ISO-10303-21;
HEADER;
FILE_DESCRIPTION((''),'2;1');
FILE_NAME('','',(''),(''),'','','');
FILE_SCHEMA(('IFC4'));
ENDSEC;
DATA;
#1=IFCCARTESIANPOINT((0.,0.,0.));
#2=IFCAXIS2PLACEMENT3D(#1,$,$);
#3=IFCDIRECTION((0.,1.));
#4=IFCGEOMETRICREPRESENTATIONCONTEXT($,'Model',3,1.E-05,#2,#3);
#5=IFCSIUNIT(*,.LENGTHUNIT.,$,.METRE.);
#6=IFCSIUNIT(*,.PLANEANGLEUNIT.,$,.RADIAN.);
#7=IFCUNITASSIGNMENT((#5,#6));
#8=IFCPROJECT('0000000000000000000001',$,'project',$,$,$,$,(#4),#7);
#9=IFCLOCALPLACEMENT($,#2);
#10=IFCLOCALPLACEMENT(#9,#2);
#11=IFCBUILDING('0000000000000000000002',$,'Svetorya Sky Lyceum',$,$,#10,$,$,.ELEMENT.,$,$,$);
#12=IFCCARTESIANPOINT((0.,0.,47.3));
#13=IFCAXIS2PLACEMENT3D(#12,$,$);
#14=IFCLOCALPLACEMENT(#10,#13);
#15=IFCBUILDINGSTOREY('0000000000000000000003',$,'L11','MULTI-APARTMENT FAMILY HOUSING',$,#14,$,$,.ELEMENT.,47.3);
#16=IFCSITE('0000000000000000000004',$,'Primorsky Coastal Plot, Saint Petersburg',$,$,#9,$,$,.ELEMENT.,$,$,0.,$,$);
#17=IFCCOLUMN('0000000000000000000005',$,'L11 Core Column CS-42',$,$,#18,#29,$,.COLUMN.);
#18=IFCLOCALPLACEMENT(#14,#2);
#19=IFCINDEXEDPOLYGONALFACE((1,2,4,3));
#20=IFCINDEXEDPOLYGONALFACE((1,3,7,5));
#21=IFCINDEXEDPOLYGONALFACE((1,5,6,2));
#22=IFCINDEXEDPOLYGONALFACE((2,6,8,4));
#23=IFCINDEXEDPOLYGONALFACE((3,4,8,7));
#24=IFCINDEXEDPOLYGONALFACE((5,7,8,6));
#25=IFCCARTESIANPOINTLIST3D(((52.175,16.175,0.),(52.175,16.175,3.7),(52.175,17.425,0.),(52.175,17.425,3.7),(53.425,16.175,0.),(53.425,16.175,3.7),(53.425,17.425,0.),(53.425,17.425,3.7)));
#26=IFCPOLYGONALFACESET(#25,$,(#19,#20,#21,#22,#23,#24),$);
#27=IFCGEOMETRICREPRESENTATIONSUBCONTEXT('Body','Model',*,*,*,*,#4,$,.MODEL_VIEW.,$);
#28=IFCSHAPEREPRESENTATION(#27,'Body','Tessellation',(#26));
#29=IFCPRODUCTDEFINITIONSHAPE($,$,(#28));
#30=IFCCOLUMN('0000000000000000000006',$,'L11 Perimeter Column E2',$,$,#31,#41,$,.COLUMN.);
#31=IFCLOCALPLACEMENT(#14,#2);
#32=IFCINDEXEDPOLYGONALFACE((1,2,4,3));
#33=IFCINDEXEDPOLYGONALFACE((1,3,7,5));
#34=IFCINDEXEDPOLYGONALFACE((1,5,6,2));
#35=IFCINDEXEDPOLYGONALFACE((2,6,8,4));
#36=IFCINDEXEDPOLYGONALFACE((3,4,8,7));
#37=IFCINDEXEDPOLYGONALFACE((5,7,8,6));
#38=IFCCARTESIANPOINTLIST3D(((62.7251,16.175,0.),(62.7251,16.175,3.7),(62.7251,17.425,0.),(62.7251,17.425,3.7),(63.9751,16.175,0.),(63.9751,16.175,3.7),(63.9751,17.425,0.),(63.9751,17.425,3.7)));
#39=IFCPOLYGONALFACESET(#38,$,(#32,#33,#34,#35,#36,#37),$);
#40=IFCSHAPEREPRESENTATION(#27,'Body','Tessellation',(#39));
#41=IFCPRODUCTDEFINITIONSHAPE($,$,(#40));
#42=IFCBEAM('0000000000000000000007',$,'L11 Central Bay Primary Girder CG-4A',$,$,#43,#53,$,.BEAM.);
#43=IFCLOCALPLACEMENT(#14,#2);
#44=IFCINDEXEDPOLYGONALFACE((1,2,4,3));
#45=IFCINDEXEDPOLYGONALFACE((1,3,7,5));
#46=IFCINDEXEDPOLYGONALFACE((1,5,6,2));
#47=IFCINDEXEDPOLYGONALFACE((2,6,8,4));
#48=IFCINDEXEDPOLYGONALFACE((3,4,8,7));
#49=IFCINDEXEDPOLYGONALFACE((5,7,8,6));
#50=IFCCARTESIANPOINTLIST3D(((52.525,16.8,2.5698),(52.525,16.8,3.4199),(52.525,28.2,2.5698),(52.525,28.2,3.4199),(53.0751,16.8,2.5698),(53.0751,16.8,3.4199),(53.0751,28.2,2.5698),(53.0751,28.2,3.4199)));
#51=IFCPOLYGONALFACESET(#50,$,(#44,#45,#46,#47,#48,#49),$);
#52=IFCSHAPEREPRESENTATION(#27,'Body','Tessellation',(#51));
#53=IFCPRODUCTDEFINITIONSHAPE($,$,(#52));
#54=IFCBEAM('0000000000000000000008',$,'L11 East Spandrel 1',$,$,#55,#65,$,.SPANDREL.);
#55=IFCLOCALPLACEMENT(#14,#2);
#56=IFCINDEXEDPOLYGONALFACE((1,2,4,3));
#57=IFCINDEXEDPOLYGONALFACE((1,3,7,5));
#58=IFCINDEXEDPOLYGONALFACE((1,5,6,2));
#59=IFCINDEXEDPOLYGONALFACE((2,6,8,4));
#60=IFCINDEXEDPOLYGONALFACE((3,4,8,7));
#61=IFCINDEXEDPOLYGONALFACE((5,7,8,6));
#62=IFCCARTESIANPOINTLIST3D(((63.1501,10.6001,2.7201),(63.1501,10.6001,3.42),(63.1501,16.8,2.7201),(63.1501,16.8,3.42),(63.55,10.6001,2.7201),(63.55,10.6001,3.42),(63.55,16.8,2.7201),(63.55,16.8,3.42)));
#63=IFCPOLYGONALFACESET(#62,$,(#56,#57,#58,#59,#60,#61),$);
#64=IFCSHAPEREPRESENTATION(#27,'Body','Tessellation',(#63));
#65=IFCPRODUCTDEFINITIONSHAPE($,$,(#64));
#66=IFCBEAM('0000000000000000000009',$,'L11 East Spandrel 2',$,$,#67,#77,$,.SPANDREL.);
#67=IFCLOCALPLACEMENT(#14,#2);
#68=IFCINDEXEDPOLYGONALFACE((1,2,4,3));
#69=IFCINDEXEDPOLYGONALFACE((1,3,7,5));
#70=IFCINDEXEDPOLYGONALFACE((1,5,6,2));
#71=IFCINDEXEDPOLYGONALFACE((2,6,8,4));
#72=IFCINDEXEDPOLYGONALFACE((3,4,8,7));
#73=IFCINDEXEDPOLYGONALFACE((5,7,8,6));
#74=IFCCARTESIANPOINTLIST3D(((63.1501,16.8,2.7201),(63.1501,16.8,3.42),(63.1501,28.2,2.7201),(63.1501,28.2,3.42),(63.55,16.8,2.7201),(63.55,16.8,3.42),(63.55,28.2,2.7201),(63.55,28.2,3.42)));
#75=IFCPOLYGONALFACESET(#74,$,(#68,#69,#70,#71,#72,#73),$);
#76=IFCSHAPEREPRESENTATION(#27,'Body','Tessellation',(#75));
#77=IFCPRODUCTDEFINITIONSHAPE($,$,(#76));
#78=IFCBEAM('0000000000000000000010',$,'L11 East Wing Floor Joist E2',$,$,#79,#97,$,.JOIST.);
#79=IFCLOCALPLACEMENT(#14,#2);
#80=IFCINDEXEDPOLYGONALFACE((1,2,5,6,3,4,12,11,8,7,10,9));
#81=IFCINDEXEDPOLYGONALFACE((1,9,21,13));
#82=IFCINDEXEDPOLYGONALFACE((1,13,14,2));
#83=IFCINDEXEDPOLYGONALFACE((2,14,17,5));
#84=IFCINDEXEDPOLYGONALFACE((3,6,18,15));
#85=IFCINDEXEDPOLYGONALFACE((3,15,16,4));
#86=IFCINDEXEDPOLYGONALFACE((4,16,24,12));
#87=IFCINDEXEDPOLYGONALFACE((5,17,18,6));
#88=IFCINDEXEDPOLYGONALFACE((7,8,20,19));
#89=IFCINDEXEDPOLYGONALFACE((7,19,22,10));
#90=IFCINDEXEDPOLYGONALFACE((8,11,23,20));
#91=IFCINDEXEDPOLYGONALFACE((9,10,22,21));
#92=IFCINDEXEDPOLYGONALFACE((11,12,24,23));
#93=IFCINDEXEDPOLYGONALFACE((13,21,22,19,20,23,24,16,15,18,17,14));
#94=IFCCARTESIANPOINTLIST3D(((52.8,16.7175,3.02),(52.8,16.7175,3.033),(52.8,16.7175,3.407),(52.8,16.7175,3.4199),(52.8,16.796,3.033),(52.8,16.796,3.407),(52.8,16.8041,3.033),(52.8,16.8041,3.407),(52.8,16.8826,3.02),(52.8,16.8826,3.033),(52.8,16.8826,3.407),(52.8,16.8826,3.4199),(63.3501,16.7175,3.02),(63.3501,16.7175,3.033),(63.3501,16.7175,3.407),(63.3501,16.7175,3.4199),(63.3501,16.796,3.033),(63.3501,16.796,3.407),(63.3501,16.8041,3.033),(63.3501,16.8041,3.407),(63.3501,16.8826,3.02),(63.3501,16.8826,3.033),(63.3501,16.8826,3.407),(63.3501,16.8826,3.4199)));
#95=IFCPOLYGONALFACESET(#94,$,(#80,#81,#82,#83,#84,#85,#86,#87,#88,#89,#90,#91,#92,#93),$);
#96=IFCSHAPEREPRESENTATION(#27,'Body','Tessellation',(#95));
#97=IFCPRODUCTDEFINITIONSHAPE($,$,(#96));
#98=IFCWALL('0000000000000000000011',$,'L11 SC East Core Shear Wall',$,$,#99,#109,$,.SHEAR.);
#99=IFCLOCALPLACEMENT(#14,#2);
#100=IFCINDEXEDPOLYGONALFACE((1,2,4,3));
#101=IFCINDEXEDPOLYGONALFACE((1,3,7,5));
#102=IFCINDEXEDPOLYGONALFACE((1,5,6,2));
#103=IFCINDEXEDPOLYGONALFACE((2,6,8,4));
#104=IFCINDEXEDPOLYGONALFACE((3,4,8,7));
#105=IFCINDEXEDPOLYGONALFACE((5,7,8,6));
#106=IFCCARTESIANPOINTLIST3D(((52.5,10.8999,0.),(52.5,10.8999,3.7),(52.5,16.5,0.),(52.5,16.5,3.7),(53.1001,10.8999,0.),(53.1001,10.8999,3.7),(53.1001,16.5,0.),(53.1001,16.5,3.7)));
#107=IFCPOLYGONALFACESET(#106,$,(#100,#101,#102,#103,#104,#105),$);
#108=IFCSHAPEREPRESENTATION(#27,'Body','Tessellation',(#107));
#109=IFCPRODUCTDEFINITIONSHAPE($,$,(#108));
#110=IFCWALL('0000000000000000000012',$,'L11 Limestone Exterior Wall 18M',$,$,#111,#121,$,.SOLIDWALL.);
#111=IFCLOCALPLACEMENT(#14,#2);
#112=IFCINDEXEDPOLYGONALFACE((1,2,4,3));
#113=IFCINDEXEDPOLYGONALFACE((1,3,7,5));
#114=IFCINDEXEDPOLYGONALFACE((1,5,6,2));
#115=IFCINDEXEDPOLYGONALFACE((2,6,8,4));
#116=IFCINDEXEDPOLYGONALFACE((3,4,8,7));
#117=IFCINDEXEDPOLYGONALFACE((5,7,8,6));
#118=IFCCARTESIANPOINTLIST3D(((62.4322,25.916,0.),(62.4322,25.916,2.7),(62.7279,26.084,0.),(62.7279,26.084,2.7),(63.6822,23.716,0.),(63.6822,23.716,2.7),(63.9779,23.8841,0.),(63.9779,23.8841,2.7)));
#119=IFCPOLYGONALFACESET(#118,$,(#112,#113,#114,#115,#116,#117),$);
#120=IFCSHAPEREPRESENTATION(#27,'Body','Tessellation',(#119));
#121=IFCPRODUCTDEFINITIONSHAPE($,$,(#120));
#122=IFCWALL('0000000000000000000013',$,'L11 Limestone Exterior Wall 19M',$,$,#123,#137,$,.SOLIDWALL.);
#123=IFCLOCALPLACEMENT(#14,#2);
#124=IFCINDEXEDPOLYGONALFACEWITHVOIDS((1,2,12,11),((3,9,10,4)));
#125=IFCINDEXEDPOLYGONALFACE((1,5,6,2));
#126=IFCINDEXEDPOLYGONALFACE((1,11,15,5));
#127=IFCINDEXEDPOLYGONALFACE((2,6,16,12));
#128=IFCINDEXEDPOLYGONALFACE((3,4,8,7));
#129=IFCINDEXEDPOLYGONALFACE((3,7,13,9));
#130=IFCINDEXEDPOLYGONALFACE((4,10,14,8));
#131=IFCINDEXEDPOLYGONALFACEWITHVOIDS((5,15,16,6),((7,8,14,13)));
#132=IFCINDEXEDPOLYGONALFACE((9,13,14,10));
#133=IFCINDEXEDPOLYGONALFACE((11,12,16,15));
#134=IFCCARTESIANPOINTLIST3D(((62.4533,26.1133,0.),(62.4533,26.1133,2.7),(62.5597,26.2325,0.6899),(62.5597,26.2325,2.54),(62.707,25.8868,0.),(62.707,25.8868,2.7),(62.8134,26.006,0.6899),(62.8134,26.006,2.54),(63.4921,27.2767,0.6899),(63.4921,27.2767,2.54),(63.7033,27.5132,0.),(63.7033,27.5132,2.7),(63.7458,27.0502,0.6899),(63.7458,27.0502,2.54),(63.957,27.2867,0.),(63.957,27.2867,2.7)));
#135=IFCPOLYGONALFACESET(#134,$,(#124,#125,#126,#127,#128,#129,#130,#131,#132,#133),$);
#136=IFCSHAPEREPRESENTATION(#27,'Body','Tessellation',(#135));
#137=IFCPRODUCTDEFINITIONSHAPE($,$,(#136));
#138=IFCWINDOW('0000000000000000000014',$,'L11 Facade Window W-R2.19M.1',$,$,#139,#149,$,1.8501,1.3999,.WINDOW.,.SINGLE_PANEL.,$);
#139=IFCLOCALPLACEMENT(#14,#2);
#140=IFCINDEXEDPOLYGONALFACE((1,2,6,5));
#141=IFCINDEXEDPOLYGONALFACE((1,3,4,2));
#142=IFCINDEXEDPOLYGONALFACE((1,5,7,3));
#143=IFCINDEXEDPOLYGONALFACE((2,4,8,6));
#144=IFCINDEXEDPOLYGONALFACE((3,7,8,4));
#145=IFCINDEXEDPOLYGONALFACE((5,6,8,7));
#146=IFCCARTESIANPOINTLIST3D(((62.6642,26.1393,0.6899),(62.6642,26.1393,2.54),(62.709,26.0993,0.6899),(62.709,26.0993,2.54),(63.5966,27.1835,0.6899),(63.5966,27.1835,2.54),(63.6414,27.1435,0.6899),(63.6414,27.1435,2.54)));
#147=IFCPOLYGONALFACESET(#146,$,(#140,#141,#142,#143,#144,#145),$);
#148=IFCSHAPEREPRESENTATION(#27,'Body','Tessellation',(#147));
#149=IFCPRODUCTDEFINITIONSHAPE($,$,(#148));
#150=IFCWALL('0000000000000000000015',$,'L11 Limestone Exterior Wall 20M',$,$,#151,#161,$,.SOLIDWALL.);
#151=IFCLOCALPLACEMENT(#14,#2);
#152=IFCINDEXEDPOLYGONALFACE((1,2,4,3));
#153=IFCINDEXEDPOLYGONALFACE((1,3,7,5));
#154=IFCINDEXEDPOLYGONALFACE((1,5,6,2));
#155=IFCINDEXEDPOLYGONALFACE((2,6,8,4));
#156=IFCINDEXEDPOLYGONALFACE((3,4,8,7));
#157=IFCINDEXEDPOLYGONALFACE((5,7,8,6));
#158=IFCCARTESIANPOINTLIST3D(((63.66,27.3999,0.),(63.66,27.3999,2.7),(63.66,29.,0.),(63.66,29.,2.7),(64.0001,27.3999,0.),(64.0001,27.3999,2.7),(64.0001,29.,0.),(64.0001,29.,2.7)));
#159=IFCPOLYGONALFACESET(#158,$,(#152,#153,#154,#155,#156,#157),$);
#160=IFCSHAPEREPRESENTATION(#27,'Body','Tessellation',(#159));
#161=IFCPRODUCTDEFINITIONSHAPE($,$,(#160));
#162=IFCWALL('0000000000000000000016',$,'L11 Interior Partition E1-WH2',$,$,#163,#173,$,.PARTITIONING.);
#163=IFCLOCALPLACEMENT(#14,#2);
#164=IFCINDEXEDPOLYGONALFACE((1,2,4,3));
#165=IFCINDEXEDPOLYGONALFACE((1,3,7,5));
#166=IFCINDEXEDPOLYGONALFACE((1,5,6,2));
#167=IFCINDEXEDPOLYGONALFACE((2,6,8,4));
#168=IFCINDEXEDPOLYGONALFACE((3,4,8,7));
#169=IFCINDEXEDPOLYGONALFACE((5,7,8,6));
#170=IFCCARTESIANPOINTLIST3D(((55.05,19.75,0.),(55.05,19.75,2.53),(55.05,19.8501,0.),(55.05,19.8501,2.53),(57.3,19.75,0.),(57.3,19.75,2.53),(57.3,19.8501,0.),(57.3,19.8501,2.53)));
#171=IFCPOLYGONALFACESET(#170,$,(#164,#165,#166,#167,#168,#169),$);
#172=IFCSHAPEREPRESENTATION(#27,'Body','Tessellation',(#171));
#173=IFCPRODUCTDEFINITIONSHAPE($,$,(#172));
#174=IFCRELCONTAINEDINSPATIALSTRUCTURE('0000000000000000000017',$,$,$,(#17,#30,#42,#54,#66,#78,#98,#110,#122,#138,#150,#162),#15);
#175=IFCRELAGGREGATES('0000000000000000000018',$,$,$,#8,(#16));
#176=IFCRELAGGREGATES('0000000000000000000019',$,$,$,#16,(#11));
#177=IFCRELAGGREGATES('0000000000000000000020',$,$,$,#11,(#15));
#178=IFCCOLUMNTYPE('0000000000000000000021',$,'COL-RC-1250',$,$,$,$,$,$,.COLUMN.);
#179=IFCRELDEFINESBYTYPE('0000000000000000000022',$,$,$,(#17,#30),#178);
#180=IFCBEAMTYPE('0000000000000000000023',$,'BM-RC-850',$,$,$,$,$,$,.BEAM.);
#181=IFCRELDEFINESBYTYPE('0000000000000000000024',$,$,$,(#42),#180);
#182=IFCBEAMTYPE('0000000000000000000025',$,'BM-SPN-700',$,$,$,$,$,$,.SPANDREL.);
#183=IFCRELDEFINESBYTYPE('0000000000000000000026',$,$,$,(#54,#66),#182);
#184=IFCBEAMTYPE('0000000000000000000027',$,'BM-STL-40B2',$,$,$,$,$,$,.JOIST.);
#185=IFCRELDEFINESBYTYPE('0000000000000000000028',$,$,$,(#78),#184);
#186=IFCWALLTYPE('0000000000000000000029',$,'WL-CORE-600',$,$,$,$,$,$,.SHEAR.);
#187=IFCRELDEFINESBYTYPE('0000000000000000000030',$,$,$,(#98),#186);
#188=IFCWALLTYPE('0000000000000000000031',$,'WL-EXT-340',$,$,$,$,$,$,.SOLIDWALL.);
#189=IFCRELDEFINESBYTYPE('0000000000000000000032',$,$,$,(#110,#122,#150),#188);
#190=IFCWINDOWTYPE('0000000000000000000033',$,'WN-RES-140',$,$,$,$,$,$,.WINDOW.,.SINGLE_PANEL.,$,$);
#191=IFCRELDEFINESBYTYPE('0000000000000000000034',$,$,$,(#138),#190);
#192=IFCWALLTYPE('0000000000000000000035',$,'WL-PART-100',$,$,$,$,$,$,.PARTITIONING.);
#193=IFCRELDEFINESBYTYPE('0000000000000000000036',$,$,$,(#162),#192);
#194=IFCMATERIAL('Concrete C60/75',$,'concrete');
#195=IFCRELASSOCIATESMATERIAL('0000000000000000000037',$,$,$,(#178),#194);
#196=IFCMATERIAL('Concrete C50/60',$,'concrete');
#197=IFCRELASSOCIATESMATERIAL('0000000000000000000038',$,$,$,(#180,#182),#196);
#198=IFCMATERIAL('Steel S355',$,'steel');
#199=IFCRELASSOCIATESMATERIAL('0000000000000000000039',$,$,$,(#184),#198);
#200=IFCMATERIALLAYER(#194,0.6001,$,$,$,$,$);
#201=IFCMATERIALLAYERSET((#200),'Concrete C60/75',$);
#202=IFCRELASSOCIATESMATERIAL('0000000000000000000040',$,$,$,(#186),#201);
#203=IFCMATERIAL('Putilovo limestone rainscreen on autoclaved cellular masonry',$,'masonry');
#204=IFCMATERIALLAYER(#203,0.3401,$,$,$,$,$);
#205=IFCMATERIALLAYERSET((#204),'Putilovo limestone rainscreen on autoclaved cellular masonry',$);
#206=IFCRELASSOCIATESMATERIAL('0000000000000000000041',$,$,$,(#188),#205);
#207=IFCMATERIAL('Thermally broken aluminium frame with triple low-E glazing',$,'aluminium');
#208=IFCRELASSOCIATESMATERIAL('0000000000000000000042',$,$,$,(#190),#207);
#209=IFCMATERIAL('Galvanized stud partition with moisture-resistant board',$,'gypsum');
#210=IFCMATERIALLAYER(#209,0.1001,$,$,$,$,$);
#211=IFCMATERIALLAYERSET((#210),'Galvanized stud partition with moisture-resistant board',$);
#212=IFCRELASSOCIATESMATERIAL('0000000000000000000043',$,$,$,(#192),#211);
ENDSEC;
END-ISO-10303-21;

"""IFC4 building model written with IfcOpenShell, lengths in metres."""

from ifc_helpers import new_model, si_unit, direction, frame, frame_2d, origin, origin_2d, place, context, subcontext, project, spatial, rectangle, i_section, extrude, material, layer, layer_set, material_profile, profile_set, type_object, element, fill, save


model = new_model("IFC4")

# Units and contexts
model_context = context("Model", 3, precision=1e-05, world=origin(), true_north=direction((0.0, 1.0)))
body_context = subcontext(model_context, "Body", "Model", "MODEL_VIEW")
ifc_project = project(units=[si_unit("LENGTHUNIT", "METRE"), si_unit("PLANEANGLEUNIT", "RADIAN")], contexts=[model_context])

# Site, building, storey
site_placement = place(None, origin())
site = spatial("IfcSite", under=ifc_project, at=site_placement, Name="Primorsky Coastal Plot, Saint Petersburg", CompositionType="ELEMENT", RefElevation=0.0)
building_placement = place(site_placement, origin())
building = spatial("IfcBuilding", under=site, at=building_placement, Name="Svetorya Sky Lyceum", CompositionType="ELEMENT")
storey_placement = place(building_placement, frame((0.0, 0.0, 47.3)))
storey = spatial("IfcBuildingStorey", under=building, at=storey_placement, Name="L11", Description="MULTI-APARTMENT FAMILY HOUSING", CompositionType="ELEMENT", Elevation=47.3)

# Columns
ifc_material_1 = material(Name="Concrete C60/75", Category="concrete")
ifc_material_profile_1 = material_profile(ifc_material_1, rectangle(XDim=1.25, YDim=1.25, at=origin_2d()), Name="RC COL 1250x1250")
ifc_profile_set_1 = profile_set([ifc_material_profile_1], Name="Concrete C60/75")
column_type = type_object("IfcColumnType", Name="COL-RC-1250", PredefinedType="COLUMN", material=ifc_profile_set_1)
for number, where, z_axis, x_axis, name in (
    (1, (52.8, 16.8, 0.0), (0.0, 0.0, 1.0), (1.0, 0.0, 0.0), "L11 Core Column CS-42"),
    (2, (63.3501, 16.8, 0.0), (0.0, 0.0, 1.0), (1.0, 0.0, 0.0), "L11 Perimeter Column E2"),
):
    element("IfcColumn", number, at=place(storey_placement, frame(where, z_axis=z_axis, x_axis=x_axis)), inside=storey, type_object=column_type, Name=name, PredefinedType="COLUMN", context=body_context, shape_type="SweptSolid", body=[
        extrude(rectangle(XDim=1.25, YDim=1.25, at=origin_2d()), origin(), (0.0, 0.0, 1.0), 3.7),
    ])

# Beams
ifc_material_2 = material(Name="Concrete C50/60", Category="concrete")
ifc_material_profile_2 = material_profile(ifc_material_2, rectangle(XDim=0.55, YDim=0.8501, at=origin_2d()), Name="RC BEAM 550x850")
ifc_profile_set_2 = profile_set([ifc_material_profile_2], Name="Concrete C50/60")
beam_type_1 = type_object("IfcBeamType", Name="BM-RC-850", PredefinedType="BEAM", material=ifc_profile_set_2)
beam_1_placement = place(storey_placement, frame((52.8, 16.8, 2.9949), z_axis=(0.0, 1.0, 0.0), x_axis=(-1.0, 0.0, 0.0)))
element("IfcBeam", 3, at=beam_1_placement, inside=storey, type_object=beam_type_1, Name="L11 Central Bay Primary Girder CG-4A", PredefinedType="BEAM", context=body_context, shape_type="SweptSolid", body=[
    extrude(rectangle(XDim=0.55, YDim=0.8501, at=origin_2d()), origin(), (0.0, 0.0, 1.0), 11.3999),
])
ifc_material_profile_3 = material_profile(ifc_material_2, rectangle(XDim=0.3999, YDim=0.7, at=origin_2d()), Name="RC SPANDREL 400x700")
ifc_profile_set_3 = profile_set([ifc_material_profile_3], Name="Concrete C50/60")
beam_type_2 = type_object("IfcBeamType", Name="BM-SPN-700", PredefinedType="SPANDREL", material=ifc_profile_set_3)
beam_2_placement = place(storey_placement, frame((63.3501, 10.6001, 3.0701), z_axis=(0.0, 1.0, 0.0), x_axis=(-1.0, 0.0, 0.0)))
element("IfcBeam", 4, at=beam_2_placement, inside=storey, type_object=beam_type_2, Name="L11 East Spandrel 1", PredefinedType="SPANDREL", context=body_context, shape_type="SweptSolid", body=[
    extrude(rectangle(XDim=0.3999, YDim=0.7, at=origin_2d()), origin(), (0.0, 0.0, 1.0), 6.2),
])
beam_3_placement = place(storey_placement, frame((63.3501, 16.8, 3.0701), z_axis=(0.0, 1.0, 0.0), x_axis=(-1.0, 0.0, 0.0)))
element("IfcBeam", 5, at=beam_3_placement, inside=storey, type_object=beam_type_2, Name="L11 East Spandrel 2", PredefinedType="SPANDREL", context=body_context, shape_type="SweptSolid", body=[
    extrude(rectangle(XDim=0.3999, YDim=0.7, at=origin_2d()), origin(), (0.0, 0.0, 1.0), 11.3999),
])
ifc_material_3 = material(Name="Steel S355", Category="steel")
ifc_material_profile_4 = material_profile(ifc_material_3, i_section(OverallWidth=0.165, OverallDepth=0.3999, WebThickness=0.0081, FlangeThickness=0.0129, at=origin_2d()), Name="GOST 40B2")
ifc_profile_set_4 = profile_set([ifc_material_profile_4], Name="Steel S355")
beam_type_3 = type_object("IfcBeamType", Name="BM-STL-40B2", PredefinedType="JOIST", material=ifc_profile_set_4)
beam_4_placement = place(storey_placement, frame((52.8, 16.8, 3.22), z_axis=(1.0, 0.0, 0.0), x_axis=(0.0, 1.0, 0.0)))
element("IfcBeam", 6, at=beam_4_placement, inside=storey, type_object=beam_type_3, Name="L11 East Wing Floor Joist E2", PredefinedType="JOIST", context=body_context, shape_type="SweptSolid", body=[
    extrude(i_section(OverallWidth=0.165, OverallDepth=0.3999, WebThickness=0.0081, FlangeThickness=0.0129, at=origin_2d()), origin(), (0.0, 0.0, 1.0), 10.55),
])

# Walls
ifc_layer_1 = layer(ifc_material_1, 0.6001)
ifc_layer_set_1 = layer_set([ifc_layer_1], Name="Concrete C60/75")
wall_type_1 = type_object("IfcWallType", Name="WL-CORE-600", PredefinedType="SHEAR", material=ifc_layer_set_1)
wall_1_placement = place(storey_placement, frame((52.8, 10.8999, 0.0), z_axis=(0.0, 0.0, 1.0), x_axis=(0.0, 1.0, 0.0)))
element("IfcWall", 7, at=wall_1_placement, inside=storey, type_object=wall_type_1, Name="L11 SC East Core Shear Wall", PredefinedType="SHEAR", context=body_context, shape_type="SweptSolid", body=[
    extrude(rectangle(XDim=5.6001, YDim=0.6001, at=frame_2d((2.8, 0.0))), origin(), (0.0, 0.0, 1.0), 3.7),
])
ifc_material_4 = material(Name="Putilovo limestone rainscreen on autoclaved cellular masonry", Category="masonry")
ifc_layer_2 = layer(ifc_material_4, 0.3401)
ifc_layer_set_2 = layer_set([ifc_layer_2], Name="Putilovo limestone rainscreen on autoclaved cellular masonry")
wall_type_2 = type_object("IfcWallType", Name="WL-EXT-340", PredefinedType="SOLIDWALL", material=ifc_layer_set_2)
wall_2_placement = place(storey_placement, frame((63.8301, 23.8, 0.0), z_axis=(0.0, 0.0, 1.0), x_axis=(-0.494018, 0.869452, 0.0)))
element("IfcWall", 8, at=wall_2_placement, inside=storey, type_object=wall_type_2, Name="L11 Limestone Exterior Wall 18M", PredefinedType="SOLIDWALL", context=body_context, shape_type="SweptSolid", body=[
    extrude(rectangle(XDim=2.5303, YDim=0.3401, at=frame_2d((1.2651, 0.0))), origin(), (0.0, 0.0, 1.0), 2.7),
])

# Wall, opening, window
wall_3_placement = place(storey_placement, frame((62.5801, 26.0, 0.0), z_axis=(0.0, 0.0, 1.0), x_axis=(0.666042, 0.745915, 0.0)))
wall_3 = element("IfcWall", 9, at=wall_3_placement, inside=storey, type_object=wall_type_2, Name="L11 Limestone Exterior Wall 19M", PredefinedType="SOLIDWALL", context=body_context, shape_type="SweptSolid", body=[
    extrude(rectangle(XDim=1.8767, YDim=0.3401, at=frame_2d((0.9385, 0.0))), origin(), (0.0, 0.0, 1.0), 2.7),
])
opening_1_placement = place(wall_3_placement, frame((0.1599, 0.0, 0.6899)))
opening_1 = element("IfcOpeningElement", 10, at=opening_1_placement, cuts=wall_3, PredefinedType="OPENING", context=body_context, shape_type="SweptSolid", body=[
    extrude(rectangle(XDim=1.3999, YDim=1.8501, at=frame_2d((0.7, 0.925))), frame((0.0, 0.1799, 0.0), z_axis=(0.0, -1.0, 0.0), x_axis=(1.0, 0.0, 0.0)), (0.0, 0.0, 1.0), 0.3601),
])
ifc_material_5 = material(Name="Thermally broken aluminium frame with triple low-E glazing", Category="aluminium")
window_type = type_object("IfcWindowType", Name="WN-RES-140", PartitioningType="SINGLE_PANEL", PredefinedType="WINDOW", material=ifc_material_5)
window_placement = place(opening_1_placement, origin())
window = element("IfcWindow", 11, at=window_placement, inside=storey, type_object=window_type, Name="L11 Facade Window W-R2.19M.1", OverallHeight=1.8501, OverallWidth=1.3999, PartitioningType="SINGLE_PANEL", PredefinedType="WINDOW", context=body_context, shape_type="SweptSolid", body=[
    extrude(rectangle(XDim=1.3999, YDim=1.8501, at=frame_2d((0.7, 0.925))), frame((0.0, 0.03, 0.0), z_axis=(0.0, -1.0, 0.0), x_axis=(1.0, 0.0, 0.0)), (0.0, 0.0, 1.0), 0.0601),
])
fill(opening_1, window)

# Walls
wall_4_placement = place(storey_placement, frame((63.8301, 27.3999, 0.0), z_axis=(0.0, 0.0, 1.0), x_axis=(0.0, 1.0, 0.0)))
element("IfcWall", 12, at=wall_4_placement, inside=storey, type_object=wall_type_2, Name="L11 Limestone Exterior Wall 20M", PredefinedType="SOLIDWALL", context=body_context, shape_type="SweptSolid", body=[
    extrude(rectangle(XDim=1.6001, YDim=0.3401, at=frame_2d((0.8, 0.0))), origin(), (0.0, 0.0, 1.0), 2.7),
])
ifc_material_6 = material(Name="Galvanized stud partition with moisture-resistant board", Category="gypsum")
ifc_layer_3 = layer(ifc_material_6, 0.1001)
ifc_layer_set_3 = layer_set([ifc_layer_3], Name="Galvanized stud partition with moisture-resistant board")
wall_type_3 = type_object("IfcWallType", Name="WL-PART-100", PredefinedType="PARTITIONING", material=ifc_layer_set_3)
wall_5_placement = place(storey_placement, frame((55.05, 19.8, 0.0), z_axis=(0.0, 0.0, 1.0), x_axis=(1.0, 0.0, 0.0)))
element("IfcWall", 13, at=wall_5_placement, inside=storey, type_object=wall_type_3, Name="L11 Interior Partition E1-WH2", PredefinedType="PARTITIONING", context=body_context, shape_type="SweptSolid", body=[
    extrude(rectangle(XDim=2.25, YDim=0.1001, at=frame_2d((1.125, 0.0))), origin(), (0.0, 0.0, 1.0), 2.53),
])

save(model, "model.ifc")
